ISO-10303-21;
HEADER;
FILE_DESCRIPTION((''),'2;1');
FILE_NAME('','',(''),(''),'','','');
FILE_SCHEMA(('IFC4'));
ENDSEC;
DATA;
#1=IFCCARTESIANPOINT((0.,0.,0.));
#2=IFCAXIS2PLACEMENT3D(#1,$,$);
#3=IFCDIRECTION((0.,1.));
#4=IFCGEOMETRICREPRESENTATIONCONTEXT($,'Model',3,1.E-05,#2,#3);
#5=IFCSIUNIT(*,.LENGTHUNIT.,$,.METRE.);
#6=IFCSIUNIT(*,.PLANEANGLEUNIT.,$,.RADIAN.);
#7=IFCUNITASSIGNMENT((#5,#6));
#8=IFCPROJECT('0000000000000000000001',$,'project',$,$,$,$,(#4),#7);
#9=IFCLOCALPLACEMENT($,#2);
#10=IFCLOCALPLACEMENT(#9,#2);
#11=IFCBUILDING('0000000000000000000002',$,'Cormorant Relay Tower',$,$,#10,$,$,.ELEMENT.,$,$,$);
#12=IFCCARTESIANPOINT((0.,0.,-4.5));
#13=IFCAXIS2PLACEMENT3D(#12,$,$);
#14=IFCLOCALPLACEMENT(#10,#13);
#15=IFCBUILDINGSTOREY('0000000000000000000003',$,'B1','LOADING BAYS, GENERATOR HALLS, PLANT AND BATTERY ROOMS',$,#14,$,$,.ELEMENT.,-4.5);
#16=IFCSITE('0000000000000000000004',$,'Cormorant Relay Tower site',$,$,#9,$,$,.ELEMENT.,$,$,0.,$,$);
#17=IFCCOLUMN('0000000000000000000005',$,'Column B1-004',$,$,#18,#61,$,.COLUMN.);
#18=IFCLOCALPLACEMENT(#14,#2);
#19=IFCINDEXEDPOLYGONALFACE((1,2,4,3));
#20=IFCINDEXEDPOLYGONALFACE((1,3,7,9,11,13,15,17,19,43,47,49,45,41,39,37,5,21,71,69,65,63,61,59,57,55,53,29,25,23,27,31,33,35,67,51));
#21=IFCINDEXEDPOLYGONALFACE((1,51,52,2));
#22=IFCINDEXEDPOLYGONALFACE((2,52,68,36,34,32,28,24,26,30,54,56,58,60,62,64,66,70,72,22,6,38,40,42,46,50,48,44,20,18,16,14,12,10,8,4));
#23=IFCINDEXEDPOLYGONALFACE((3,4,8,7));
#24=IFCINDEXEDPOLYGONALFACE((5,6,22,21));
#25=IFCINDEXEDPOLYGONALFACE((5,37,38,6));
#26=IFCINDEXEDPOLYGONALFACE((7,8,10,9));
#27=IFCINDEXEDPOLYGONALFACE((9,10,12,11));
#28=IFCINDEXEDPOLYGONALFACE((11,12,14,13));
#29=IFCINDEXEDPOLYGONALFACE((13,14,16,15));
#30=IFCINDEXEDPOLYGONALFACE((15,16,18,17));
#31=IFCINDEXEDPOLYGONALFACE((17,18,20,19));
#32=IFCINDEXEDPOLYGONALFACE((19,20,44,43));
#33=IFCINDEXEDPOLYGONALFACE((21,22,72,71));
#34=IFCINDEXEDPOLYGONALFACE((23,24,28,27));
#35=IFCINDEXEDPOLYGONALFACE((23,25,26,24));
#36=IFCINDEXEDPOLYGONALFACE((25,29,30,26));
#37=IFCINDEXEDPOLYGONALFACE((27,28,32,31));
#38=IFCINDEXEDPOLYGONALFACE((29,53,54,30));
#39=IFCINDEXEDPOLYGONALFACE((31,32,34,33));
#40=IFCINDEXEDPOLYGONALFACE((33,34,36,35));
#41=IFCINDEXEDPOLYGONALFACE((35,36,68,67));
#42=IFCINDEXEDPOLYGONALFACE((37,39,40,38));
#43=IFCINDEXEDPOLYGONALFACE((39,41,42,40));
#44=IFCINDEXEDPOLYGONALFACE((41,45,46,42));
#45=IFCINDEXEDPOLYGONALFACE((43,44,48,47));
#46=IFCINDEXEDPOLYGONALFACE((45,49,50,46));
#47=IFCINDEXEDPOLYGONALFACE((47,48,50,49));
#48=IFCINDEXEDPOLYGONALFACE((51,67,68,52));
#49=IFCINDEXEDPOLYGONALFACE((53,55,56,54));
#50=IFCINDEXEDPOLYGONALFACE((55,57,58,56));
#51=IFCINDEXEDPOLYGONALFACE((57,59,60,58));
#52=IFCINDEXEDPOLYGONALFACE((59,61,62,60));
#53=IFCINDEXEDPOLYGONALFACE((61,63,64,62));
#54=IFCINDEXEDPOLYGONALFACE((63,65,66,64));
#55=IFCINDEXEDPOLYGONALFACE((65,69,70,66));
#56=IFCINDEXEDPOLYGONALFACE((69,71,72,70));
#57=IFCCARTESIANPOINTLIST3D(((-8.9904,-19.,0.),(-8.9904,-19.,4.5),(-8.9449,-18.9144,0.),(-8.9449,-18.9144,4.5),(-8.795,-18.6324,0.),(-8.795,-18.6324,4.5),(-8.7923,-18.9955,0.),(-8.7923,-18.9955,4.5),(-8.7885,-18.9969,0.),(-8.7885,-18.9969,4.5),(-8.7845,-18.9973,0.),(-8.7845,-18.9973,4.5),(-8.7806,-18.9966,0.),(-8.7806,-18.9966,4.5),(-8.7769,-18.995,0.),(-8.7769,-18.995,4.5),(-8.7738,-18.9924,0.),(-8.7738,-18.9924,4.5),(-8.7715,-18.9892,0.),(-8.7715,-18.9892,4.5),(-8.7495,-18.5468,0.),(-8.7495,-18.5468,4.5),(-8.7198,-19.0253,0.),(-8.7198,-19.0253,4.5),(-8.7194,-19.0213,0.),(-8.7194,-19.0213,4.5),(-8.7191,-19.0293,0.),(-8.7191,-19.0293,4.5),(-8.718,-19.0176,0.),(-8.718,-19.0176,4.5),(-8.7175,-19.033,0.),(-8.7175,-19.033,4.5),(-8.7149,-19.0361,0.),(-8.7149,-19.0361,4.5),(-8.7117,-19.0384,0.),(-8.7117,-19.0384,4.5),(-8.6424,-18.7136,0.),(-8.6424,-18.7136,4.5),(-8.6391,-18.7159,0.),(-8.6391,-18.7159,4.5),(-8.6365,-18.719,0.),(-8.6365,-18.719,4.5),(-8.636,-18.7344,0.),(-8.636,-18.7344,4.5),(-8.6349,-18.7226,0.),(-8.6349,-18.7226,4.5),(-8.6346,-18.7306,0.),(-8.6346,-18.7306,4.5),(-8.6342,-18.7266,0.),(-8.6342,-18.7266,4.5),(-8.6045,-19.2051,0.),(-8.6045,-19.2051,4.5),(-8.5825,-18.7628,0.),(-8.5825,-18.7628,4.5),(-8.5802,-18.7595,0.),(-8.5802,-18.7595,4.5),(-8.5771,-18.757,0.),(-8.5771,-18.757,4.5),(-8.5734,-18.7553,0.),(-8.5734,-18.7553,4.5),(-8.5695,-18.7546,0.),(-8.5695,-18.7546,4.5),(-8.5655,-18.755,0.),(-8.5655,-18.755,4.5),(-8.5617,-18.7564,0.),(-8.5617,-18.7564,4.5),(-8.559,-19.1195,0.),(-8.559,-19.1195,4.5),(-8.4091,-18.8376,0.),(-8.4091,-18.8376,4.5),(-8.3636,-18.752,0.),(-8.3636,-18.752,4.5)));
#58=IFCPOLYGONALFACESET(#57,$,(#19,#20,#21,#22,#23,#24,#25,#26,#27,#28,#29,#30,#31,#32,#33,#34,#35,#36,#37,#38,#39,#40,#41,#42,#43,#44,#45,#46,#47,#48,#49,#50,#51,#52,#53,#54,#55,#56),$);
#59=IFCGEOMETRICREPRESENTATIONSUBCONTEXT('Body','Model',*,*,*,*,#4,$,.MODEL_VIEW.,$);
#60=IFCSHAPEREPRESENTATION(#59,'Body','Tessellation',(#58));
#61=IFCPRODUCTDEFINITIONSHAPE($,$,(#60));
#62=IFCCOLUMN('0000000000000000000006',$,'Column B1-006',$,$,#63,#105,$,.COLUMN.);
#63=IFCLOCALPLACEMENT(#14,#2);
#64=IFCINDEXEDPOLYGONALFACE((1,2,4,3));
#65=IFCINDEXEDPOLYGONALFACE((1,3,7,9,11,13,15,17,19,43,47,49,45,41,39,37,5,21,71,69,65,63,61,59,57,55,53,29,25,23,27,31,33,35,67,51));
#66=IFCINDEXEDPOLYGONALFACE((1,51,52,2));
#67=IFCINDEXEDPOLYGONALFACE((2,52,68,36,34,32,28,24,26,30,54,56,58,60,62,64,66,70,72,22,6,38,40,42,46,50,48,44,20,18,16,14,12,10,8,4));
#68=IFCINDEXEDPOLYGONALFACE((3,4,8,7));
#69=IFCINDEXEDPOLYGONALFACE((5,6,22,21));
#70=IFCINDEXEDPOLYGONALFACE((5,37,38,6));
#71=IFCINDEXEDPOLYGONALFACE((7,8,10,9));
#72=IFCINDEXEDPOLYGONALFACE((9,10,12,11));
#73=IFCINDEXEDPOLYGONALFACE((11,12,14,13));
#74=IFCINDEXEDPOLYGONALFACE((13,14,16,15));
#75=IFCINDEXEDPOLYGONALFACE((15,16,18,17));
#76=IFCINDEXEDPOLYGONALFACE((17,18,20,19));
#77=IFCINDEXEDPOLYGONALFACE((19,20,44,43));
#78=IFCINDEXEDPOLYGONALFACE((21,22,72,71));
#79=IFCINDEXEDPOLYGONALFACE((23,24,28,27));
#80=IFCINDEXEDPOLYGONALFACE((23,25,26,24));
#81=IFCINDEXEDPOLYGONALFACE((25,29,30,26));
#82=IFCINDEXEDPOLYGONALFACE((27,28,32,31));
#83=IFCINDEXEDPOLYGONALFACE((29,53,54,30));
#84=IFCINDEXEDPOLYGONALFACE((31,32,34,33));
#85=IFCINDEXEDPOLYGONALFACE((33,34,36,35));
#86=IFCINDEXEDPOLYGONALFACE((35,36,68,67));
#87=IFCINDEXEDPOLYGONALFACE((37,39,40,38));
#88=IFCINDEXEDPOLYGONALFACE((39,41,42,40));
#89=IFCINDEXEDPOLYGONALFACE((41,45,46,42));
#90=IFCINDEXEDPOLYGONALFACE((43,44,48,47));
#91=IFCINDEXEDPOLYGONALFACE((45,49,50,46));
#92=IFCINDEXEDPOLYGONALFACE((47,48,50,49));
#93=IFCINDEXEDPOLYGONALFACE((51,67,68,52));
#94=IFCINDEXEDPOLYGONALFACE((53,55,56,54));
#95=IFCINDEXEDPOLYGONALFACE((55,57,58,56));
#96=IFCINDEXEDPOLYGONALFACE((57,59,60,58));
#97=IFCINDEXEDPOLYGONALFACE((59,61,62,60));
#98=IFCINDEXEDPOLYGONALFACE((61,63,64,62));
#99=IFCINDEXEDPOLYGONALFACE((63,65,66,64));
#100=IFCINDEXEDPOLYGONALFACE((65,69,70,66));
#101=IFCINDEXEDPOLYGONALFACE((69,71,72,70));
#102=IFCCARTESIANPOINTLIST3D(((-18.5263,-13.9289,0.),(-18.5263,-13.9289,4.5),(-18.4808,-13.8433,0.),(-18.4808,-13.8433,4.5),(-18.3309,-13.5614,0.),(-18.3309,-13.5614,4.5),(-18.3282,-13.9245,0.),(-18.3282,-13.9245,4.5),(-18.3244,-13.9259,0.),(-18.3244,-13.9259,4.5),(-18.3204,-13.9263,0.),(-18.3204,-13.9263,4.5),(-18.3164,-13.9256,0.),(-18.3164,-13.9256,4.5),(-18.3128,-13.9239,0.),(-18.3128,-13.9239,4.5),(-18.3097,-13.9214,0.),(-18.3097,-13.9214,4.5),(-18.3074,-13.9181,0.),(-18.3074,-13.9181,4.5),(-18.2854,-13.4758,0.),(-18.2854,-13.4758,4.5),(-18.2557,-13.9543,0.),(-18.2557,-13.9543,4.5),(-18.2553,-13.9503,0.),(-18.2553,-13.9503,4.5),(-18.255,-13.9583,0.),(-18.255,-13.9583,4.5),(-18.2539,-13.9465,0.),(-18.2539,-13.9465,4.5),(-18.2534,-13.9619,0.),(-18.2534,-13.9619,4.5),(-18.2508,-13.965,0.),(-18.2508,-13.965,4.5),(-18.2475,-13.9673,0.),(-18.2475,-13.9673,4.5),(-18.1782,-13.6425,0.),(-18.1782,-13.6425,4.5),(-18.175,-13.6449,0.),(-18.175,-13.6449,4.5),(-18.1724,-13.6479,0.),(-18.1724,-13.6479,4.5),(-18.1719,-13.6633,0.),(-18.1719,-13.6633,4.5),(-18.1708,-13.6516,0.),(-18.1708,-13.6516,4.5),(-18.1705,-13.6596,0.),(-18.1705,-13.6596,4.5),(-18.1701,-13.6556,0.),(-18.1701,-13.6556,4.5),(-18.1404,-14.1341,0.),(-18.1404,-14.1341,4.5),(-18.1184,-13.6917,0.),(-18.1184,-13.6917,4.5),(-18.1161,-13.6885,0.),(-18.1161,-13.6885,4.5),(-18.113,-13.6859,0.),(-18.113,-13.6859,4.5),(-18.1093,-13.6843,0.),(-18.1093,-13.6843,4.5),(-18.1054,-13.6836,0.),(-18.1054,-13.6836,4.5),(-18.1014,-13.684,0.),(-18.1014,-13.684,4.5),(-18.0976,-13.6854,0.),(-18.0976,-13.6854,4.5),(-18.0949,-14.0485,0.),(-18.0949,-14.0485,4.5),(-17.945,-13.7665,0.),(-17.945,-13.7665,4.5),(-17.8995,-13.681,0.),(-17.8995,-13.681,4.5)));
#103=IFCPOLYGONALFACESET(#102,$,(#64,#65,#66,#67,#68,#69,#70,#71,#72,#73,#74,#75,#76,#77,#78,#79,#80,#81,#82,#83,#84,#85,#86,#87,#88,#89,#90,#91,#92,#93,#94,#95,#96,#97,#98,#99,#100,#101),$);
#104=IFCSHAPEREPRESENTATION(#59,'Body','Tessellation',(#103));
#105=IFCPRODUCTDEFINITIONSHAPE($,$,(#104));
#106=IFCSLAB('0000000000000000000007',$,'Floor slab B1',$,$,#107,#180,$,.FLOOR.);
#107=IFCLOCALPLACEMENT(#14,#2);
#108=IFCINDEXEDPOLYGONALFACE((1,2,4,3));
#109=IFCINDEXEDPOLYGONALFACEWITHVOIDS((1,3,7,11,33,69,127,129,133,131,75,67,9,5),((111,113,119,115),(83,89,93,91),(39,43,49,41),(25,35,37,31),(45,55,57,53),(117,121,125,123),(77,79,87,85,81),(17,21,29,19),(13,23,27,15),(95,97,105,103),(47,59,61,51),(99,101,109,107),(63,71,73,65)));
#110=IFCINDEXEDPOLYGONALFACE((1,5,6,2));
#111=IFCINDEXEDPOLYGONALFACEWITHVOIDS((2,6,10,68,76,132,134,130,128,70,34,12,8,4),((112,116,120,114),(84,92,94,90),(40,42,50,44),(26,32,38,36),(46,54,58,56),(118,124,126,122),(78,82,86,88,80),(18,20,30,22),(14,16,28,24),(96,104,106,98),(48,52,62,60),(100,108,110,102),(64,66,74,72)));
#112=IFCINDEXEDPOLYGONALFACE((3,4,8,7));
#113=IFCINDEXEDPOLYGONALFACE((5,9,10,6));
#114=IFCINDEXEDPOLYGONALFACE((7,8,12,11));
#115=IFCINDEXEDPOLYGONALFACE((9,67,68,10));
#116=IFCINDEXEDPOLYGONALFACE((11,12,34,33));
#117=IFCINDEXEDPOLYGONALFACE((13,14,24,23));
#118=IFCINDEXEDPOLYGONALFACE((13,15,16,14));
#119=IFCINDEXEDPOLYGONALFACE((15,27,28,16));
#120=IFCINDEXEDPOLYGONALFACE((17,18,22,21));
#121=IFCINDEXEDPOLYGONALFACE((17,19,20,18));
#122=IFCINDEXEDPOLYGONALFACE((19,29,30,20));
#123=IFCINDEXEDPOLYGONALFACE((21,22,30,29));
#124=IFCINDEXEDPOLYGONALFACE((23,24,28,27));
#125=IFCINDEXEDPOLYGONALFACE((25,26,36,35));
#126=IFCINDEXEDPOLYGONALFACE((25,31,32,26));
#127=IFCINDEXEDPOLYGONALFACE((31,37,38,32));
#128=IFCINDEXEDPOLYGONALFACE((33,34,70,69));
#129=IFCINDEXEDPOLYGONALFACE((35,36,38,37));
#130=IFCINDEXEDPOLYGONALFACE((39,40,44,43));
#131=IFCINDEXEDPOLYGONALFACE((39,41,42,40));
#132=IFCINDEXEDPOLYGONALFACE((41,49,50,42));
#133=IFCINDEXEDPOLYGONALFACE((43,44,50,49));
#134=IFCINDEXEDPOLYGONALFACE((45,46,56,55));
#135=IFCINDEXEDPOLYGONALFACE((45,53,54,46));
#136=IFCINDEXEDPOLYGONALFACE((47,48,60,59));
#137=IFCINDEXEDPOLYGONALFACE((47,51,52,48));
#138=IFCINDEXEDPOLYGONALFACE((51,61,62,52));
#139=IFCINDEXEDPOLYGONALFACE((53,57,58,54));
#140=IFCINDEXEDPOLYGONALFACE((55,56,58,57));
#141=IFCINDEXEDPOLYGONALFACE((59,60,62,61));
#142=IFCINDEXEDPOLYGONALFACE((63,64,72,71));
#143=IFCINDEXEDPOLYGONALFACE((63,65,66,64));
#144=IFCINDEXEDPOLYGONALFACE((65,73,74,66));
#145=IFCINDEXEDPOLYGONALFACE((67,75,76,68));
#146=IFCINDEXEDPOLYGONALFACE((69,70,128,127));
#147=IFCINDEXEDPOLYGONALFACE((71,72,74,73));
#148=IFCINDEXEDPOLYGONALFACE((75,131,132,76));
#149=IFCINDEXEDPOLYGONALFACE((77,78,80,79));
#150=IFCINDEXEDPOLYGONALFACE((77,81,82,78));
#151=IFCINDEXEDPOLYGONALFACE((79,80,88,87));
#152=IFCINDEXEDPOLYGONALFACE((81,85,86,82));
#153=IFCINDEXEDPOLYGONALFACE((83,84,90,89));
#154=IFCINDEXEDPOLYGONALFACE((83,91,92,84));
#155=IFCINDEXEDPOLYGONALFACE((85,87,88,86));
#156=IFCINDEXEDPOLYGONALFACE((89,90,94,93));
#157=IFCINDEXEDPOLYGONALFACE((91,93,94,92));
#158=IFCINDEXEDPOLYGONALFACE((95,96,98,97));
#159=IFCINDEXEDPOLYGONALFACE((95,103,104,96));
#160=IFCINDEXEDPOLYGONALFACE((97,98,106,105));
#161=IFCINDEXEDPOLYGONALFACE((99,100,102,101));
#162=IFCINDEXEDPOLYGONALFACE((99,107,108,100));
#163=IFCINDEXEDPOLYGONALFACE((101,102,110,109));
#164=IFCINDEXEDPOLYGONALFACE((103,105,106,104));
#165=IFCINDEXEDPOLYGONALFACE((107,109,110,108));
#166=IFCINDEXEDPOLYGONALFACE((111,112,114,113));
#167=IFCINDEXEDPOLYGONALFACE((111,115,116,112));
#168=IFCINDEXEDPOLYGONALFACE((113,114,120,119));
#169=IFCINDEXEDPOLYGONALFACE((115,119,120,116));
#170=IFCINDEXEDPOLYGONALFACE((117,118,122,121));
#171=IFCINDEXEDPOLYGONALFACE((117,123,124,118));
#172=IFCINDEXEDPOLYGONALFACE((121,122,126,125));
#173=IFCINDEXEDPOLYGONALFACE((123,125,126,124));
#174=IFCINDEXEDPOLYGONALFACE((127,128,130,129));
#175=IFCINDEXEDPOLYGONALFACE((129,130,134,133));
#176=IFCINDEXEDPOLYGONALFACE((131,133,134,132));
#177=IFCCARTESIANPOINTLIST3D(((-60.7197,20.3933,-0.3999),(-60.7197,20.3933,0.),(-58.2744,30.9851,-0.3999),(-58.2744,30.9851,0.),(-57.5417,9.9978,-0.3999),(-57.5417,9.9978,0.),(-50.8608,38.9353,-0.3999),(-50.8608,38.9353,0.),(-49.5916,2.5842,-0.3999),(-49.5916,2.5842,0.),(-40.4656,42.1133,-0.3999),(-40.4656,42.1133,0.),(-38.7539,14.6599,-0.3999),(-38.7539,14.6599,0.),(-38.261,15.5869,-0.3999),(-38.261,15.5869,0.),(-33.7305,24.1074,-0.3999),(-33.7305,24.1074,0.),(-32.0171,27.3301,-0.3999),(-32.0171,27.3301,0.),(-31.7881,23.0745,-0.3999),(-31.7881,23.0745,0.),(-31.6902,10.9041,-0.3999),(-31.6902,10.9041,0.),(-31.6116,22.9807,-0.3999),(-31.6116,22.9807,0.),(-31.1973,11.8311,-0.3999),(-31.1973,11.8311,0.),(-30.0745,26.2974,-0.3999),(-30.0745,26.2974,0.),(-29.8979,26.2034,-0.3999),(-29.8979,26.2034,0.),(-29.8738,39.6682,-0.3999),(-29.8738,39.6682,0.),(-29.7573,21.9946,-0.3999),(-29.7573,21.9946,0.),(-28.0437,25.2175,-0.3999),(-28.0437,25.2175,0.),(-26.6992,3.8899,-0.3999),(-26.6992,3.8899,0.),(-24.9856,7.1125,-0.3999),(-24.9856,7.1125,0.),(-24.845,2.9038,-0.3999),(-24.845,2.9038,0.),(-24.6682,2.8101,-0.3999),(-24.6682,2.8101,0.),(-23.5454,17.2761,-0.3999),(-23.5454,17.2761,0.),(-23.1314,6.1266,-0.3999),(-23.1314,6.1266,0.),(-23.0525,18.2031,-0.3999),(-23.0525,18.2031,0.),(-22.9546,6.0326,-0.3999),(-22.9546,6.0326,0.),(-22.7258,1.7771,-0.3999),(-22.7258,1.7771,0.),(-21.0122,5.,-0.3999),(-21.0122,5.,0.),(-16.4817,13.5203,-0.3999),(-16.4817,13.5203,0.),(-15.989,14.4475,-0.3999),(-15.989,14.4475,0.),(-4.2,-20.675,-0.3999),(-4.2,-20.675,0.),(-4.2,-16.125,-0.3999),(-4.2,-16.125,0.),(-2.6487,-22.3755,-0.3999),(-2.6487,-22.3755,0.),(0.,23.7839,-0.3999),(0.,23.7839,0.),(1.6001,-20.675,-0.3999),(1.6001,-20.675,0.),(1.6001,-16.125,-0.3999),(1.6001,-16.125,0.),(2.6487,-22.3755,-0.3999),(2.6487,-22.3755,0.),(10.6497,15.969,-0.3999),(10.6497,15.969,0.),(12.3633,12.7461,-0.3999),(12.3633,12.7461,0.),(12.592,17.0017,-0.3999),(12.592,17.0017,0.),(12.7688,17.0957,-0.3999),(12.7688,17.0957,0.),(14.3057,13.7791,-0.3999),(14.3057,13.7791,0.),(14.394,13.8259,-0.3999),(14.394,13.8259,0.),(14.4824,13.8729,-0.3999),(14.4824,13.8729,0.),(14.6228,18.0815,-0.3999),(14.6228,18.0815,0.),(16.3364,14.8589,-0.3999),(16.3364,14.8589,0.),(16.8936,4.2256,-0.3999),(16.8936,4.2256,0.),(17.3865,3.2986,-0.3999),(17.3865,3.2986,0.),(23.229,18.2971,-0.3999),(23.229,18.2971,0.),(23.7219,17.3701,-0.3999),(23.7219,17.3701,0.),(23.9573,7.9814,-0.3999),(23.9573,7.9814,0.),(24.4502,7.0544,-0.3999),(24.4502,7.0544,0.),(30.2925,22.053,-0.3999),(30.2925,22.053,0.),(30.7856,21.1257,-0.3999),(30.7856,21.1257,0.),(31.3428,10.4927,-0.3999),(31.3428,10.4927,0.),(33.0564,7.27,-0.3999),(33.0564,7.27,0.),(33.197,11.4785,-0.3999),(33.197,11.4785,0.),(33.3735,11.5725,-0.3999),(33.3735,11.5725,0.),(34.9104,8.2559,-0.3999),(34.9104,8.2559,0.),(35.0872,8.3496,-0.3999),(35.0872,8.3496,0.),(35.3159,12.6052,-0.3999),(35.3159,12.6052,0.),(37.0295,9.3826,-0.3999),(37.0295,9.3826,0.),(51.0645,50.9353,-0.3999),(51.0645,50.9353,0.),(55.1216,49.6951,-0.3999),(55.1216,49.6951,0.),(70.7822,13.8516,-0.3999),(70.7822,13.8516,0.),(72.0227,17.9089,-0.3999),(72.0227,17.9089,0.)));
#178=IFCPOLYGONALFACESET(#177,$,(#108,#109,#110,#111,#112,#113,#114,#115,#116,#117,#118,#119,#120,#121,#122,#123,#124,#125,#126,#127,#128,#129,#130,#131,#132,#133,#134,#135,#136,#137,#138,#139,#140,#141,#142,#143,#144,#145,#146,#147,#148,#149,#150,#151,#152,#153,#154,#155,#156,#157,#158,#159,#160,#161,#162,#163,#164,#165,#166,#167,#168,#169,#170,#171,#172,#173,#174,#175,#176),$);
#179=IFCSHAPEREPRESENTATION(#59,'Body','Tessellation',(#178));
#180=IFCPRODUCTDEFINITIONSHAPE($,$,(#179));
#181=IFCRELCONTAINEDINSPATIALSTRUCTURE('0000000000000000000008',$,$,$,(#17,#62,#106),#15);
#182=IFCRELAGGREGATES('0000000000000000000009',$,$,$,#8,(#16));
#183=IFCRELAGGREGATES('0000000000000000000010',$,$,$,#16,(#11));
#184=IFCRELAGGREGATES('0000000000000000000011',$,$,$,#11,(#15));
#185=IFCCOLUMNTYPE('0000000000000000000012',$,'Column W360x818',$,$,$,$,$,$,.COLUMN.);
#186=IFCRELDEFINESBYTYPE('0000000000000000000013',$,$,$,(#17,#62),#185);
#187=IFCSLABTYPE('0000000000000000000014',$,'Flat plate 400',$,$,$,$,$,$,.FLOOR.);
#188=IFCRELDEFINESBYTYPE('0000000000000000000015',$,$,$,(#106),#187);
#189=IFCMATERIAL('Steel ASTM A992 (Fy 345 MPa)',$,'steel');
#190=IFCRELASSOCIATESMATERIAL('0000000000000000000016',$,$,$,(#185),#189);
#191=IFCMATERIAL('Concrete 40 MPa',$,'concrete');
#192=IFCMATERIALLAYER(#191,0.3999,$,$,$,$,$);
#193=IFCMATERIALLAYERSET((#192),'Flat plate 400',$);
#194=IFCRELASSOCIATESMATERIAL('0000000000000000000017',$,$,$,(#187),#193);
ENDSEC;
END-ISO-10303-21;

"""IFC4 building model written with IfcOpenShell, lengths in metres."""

from ifc_helpers import new_model, si_unit, direction, frame, origin, origin_2d, place, context, subcontext, project, spatial, polyline, i_section, outline, extrude, material, layer, layer_set, material_profile, profile_set, type_object, element, save


model = new_model("IFC4")

# Units and contexts
model_context = context("Model", 3, precision=1e-05, world=origin(), true_north=direction((0.0, 1.0)))
body_context = subcontext(model_context, "Body", "Model", "MODEL_VIEW")
ifc_project = project(units=[si_unit("LENGTHUNIT", "METRE"), si_unit("PLANEANGLEUNIT", "RADIAN")], contexts=[model_context])

# Site, building, storey
site_placement = place(None, origin())
site = spatial("IfcSite", under=ifc_project, at=site_placement, Name="Cormorant Relay Tower site", CompositionType="ELEMENT", RefElevation=0.0)
building_placement = place(site_placement, origin())
building = spatial("IfcBuilding", under=site, at=building_placement, Name="Cormorant Relay Tower", CompositionType="ELEMENT")
storey_placement = place(building_placement, frame((0.0, 0.0, -4.5)))
storey = spatial("IfcBuildingStorey", under=building, at=storey_placement, Name="B1", Description="LOADING BAYS, GENERATOR HALLS, PLANT AND BATTERY ROOMS", CompositionType="ELEMENT", Elevation=-4.5)

# Columns
ifc_material_1 = material(Name="Steel ASTM A992 (Fy 345 MPa)", Category="steel")
ifc_material_profile_1 = material_profile(ifc_material_1, i_section(OverallWidth=0.437, OverallDepth=0.5132, WebThickness=0.0605, FlangeThickness=0.0969, FilletRadius=0.0154, at=origin_2d()), Name="W360x818")
ifc_profile_set_1 = profile_set([ifc_material_profile_1], Name="Steel ASTM A992 (Fy 345 MPa)")
column_type_1 = type_object("IfcColumnType", Name="Column W360x818", PredefinedType="COLUMN", material=ifc_profile_set_1)
for number, where, z_axis, x_axis, name in (
    (1, (-8.677, -18.876, 0.0), (0.0, 0.0, 1.0), (0.882948, -0.469472, 0.0), "Column B1-004"),
    (2, (-18.2129, -13.8049, 0.0), (0.0, 0.0, 1.0), (0.882948, -0.469472, 0.0), "Column B1-006"),
):
    element("IfcColumn", number, at=place(storey_placement, frame(where, z_axis=z_axis, x_axis=x_axis)), inside=storey, type_object=column_type_1, Name=name, PredefinedType="COLUMN", context=body_context, shape_type="SweptSolid", body=[
        extrude(i_section(OverallWidth=0.437, OverallDepth=0.5132, WebThickness=0.0605, FlangeThickness=0.0969, FilletRadius=0.0154, at=origin_2d()), origin(), (0.0, 0.0, 1.0), 4.5),
    ])

# Slab
ifc_material_2 = material(Name="Concrete 40 MPa", Category="concrete")
ifc_layer_1 = layer(ifc_material_2, 0.3999)
ifc_layer_set_1 = layer_set([ifc_layer_1], Name="Flat plate 400")
slab_type_1 = type_object("IfcSlabType", Name="Flat plate 400", PredefinedType="FLOOR", material=ifc_layer_set_1)
slab_1_placement = place(storey_placement, frame((0.0, 0.0, -0.3999)))
element("IfcSlab", 3, at=slab_1_placement, inside=storey, type_object=slab_type_1, Name="Floor slab B1", PredefinedType="FLOOR", context=body_context, shape_type="SweptSolid", body=[
    extrude(outline(polyline([(-57.5417, 9.9978), (-60.7197, 20.3933), (-58.2744, 30.9851), (-50.8608, 38.9353), (-40.4656, 42.1133), (-29.8738, 39.6682), (0.0, 23.7839), (51.0645, 50.9353), (55.1216, 49.6951), (72.0227, 17.9089), (70.7822, 13.8516), (2.6487, -22.3755), (-2.6487, -22.3755), (-49.5916, 2.5842), (-57.5417, 9.9978)]), holes=[polyline([(-4.2, -20.675), (1.6001, -20.675), (1.6001, -16.125), (-4.2, -16.125), (-4.2, -20.675)]), polyline([(-22.9546, 6.0327), (-24.6682, 2.8101), (-22.7258, 1.7771), (-21.0122, 5.0), (-23.043, 6.0796), (-22.9546, 6.0327)]), polyline([(-24.9856, 7.1125), (-26.6992, 3.8899), (-24.845, 2.9038), (-23.1313, 6.1267), (-23.043, 6.0796), (-24.9856, 7.1125)]), polyline([(-38.7539, 14.6599), (-31.6902, 10.9041), (-31.1973, 11.8311), (-38.261, 15.5869), (-38.7539, 14.6599)]), polyline([(-15.989, 14.4475), (-23.0525, 18.2031), (-23.5454, 17.2761), (-16.4817, 13.5203), (-15.989, 14.4475)]), polyline([(-29.7573, 21.9946), (-28.0437, 25.2175), (-29.8979, 26.2034), (-31.6116, 22.9807), (-29.7573, 21.9946)]), polyline([(-33.7305, 24.1074), (-31.7881, 23.0745), (-30.0745, 26.2974), (-32.0171, 27.3301), (-33.7305, 24.1074)]), polyline([(17.3865, 3.2986), (24.4502, 7.0544), (23.9573, 7.9814), (16.8936, 4.2256), (17.3865, 3.2986)]), polyline([(31.3428, 10.4927), (33.0564, 7.27), (34.9104, 8.2559), (33.197, 11.4785), (31.3428, 10.4927)]), polyline([(35.0872, 8.3496), (37.0295, 9.3826), (35.3159, 12.6052), (33.3735, 11.5725), (35.0872, 8.3496)]), polyline([(14.3057, 13.7791), (12.592, 17.0017), (10.6497, 15.969), (12.3633, 12.7461), (14.394, 13.8259), (14.3057, 13.7791)]), polyline([(16.3364, 14.8589), (14.6228, 18.0815), (12.7688, 17.0957), (14.4824, 13.8728), (14.394, 13.8259), (16.3364, 14.8589)]), polyline([(30.2925, 22.053), (23.229, 18.2971), (23.7219, 17.3701), (30.7856, 21.1257), (30.2925, 22.053)])]), origin(), (0.0, 0.0, 1.0), 0.3999),
])

save(model, "model.ifc")
